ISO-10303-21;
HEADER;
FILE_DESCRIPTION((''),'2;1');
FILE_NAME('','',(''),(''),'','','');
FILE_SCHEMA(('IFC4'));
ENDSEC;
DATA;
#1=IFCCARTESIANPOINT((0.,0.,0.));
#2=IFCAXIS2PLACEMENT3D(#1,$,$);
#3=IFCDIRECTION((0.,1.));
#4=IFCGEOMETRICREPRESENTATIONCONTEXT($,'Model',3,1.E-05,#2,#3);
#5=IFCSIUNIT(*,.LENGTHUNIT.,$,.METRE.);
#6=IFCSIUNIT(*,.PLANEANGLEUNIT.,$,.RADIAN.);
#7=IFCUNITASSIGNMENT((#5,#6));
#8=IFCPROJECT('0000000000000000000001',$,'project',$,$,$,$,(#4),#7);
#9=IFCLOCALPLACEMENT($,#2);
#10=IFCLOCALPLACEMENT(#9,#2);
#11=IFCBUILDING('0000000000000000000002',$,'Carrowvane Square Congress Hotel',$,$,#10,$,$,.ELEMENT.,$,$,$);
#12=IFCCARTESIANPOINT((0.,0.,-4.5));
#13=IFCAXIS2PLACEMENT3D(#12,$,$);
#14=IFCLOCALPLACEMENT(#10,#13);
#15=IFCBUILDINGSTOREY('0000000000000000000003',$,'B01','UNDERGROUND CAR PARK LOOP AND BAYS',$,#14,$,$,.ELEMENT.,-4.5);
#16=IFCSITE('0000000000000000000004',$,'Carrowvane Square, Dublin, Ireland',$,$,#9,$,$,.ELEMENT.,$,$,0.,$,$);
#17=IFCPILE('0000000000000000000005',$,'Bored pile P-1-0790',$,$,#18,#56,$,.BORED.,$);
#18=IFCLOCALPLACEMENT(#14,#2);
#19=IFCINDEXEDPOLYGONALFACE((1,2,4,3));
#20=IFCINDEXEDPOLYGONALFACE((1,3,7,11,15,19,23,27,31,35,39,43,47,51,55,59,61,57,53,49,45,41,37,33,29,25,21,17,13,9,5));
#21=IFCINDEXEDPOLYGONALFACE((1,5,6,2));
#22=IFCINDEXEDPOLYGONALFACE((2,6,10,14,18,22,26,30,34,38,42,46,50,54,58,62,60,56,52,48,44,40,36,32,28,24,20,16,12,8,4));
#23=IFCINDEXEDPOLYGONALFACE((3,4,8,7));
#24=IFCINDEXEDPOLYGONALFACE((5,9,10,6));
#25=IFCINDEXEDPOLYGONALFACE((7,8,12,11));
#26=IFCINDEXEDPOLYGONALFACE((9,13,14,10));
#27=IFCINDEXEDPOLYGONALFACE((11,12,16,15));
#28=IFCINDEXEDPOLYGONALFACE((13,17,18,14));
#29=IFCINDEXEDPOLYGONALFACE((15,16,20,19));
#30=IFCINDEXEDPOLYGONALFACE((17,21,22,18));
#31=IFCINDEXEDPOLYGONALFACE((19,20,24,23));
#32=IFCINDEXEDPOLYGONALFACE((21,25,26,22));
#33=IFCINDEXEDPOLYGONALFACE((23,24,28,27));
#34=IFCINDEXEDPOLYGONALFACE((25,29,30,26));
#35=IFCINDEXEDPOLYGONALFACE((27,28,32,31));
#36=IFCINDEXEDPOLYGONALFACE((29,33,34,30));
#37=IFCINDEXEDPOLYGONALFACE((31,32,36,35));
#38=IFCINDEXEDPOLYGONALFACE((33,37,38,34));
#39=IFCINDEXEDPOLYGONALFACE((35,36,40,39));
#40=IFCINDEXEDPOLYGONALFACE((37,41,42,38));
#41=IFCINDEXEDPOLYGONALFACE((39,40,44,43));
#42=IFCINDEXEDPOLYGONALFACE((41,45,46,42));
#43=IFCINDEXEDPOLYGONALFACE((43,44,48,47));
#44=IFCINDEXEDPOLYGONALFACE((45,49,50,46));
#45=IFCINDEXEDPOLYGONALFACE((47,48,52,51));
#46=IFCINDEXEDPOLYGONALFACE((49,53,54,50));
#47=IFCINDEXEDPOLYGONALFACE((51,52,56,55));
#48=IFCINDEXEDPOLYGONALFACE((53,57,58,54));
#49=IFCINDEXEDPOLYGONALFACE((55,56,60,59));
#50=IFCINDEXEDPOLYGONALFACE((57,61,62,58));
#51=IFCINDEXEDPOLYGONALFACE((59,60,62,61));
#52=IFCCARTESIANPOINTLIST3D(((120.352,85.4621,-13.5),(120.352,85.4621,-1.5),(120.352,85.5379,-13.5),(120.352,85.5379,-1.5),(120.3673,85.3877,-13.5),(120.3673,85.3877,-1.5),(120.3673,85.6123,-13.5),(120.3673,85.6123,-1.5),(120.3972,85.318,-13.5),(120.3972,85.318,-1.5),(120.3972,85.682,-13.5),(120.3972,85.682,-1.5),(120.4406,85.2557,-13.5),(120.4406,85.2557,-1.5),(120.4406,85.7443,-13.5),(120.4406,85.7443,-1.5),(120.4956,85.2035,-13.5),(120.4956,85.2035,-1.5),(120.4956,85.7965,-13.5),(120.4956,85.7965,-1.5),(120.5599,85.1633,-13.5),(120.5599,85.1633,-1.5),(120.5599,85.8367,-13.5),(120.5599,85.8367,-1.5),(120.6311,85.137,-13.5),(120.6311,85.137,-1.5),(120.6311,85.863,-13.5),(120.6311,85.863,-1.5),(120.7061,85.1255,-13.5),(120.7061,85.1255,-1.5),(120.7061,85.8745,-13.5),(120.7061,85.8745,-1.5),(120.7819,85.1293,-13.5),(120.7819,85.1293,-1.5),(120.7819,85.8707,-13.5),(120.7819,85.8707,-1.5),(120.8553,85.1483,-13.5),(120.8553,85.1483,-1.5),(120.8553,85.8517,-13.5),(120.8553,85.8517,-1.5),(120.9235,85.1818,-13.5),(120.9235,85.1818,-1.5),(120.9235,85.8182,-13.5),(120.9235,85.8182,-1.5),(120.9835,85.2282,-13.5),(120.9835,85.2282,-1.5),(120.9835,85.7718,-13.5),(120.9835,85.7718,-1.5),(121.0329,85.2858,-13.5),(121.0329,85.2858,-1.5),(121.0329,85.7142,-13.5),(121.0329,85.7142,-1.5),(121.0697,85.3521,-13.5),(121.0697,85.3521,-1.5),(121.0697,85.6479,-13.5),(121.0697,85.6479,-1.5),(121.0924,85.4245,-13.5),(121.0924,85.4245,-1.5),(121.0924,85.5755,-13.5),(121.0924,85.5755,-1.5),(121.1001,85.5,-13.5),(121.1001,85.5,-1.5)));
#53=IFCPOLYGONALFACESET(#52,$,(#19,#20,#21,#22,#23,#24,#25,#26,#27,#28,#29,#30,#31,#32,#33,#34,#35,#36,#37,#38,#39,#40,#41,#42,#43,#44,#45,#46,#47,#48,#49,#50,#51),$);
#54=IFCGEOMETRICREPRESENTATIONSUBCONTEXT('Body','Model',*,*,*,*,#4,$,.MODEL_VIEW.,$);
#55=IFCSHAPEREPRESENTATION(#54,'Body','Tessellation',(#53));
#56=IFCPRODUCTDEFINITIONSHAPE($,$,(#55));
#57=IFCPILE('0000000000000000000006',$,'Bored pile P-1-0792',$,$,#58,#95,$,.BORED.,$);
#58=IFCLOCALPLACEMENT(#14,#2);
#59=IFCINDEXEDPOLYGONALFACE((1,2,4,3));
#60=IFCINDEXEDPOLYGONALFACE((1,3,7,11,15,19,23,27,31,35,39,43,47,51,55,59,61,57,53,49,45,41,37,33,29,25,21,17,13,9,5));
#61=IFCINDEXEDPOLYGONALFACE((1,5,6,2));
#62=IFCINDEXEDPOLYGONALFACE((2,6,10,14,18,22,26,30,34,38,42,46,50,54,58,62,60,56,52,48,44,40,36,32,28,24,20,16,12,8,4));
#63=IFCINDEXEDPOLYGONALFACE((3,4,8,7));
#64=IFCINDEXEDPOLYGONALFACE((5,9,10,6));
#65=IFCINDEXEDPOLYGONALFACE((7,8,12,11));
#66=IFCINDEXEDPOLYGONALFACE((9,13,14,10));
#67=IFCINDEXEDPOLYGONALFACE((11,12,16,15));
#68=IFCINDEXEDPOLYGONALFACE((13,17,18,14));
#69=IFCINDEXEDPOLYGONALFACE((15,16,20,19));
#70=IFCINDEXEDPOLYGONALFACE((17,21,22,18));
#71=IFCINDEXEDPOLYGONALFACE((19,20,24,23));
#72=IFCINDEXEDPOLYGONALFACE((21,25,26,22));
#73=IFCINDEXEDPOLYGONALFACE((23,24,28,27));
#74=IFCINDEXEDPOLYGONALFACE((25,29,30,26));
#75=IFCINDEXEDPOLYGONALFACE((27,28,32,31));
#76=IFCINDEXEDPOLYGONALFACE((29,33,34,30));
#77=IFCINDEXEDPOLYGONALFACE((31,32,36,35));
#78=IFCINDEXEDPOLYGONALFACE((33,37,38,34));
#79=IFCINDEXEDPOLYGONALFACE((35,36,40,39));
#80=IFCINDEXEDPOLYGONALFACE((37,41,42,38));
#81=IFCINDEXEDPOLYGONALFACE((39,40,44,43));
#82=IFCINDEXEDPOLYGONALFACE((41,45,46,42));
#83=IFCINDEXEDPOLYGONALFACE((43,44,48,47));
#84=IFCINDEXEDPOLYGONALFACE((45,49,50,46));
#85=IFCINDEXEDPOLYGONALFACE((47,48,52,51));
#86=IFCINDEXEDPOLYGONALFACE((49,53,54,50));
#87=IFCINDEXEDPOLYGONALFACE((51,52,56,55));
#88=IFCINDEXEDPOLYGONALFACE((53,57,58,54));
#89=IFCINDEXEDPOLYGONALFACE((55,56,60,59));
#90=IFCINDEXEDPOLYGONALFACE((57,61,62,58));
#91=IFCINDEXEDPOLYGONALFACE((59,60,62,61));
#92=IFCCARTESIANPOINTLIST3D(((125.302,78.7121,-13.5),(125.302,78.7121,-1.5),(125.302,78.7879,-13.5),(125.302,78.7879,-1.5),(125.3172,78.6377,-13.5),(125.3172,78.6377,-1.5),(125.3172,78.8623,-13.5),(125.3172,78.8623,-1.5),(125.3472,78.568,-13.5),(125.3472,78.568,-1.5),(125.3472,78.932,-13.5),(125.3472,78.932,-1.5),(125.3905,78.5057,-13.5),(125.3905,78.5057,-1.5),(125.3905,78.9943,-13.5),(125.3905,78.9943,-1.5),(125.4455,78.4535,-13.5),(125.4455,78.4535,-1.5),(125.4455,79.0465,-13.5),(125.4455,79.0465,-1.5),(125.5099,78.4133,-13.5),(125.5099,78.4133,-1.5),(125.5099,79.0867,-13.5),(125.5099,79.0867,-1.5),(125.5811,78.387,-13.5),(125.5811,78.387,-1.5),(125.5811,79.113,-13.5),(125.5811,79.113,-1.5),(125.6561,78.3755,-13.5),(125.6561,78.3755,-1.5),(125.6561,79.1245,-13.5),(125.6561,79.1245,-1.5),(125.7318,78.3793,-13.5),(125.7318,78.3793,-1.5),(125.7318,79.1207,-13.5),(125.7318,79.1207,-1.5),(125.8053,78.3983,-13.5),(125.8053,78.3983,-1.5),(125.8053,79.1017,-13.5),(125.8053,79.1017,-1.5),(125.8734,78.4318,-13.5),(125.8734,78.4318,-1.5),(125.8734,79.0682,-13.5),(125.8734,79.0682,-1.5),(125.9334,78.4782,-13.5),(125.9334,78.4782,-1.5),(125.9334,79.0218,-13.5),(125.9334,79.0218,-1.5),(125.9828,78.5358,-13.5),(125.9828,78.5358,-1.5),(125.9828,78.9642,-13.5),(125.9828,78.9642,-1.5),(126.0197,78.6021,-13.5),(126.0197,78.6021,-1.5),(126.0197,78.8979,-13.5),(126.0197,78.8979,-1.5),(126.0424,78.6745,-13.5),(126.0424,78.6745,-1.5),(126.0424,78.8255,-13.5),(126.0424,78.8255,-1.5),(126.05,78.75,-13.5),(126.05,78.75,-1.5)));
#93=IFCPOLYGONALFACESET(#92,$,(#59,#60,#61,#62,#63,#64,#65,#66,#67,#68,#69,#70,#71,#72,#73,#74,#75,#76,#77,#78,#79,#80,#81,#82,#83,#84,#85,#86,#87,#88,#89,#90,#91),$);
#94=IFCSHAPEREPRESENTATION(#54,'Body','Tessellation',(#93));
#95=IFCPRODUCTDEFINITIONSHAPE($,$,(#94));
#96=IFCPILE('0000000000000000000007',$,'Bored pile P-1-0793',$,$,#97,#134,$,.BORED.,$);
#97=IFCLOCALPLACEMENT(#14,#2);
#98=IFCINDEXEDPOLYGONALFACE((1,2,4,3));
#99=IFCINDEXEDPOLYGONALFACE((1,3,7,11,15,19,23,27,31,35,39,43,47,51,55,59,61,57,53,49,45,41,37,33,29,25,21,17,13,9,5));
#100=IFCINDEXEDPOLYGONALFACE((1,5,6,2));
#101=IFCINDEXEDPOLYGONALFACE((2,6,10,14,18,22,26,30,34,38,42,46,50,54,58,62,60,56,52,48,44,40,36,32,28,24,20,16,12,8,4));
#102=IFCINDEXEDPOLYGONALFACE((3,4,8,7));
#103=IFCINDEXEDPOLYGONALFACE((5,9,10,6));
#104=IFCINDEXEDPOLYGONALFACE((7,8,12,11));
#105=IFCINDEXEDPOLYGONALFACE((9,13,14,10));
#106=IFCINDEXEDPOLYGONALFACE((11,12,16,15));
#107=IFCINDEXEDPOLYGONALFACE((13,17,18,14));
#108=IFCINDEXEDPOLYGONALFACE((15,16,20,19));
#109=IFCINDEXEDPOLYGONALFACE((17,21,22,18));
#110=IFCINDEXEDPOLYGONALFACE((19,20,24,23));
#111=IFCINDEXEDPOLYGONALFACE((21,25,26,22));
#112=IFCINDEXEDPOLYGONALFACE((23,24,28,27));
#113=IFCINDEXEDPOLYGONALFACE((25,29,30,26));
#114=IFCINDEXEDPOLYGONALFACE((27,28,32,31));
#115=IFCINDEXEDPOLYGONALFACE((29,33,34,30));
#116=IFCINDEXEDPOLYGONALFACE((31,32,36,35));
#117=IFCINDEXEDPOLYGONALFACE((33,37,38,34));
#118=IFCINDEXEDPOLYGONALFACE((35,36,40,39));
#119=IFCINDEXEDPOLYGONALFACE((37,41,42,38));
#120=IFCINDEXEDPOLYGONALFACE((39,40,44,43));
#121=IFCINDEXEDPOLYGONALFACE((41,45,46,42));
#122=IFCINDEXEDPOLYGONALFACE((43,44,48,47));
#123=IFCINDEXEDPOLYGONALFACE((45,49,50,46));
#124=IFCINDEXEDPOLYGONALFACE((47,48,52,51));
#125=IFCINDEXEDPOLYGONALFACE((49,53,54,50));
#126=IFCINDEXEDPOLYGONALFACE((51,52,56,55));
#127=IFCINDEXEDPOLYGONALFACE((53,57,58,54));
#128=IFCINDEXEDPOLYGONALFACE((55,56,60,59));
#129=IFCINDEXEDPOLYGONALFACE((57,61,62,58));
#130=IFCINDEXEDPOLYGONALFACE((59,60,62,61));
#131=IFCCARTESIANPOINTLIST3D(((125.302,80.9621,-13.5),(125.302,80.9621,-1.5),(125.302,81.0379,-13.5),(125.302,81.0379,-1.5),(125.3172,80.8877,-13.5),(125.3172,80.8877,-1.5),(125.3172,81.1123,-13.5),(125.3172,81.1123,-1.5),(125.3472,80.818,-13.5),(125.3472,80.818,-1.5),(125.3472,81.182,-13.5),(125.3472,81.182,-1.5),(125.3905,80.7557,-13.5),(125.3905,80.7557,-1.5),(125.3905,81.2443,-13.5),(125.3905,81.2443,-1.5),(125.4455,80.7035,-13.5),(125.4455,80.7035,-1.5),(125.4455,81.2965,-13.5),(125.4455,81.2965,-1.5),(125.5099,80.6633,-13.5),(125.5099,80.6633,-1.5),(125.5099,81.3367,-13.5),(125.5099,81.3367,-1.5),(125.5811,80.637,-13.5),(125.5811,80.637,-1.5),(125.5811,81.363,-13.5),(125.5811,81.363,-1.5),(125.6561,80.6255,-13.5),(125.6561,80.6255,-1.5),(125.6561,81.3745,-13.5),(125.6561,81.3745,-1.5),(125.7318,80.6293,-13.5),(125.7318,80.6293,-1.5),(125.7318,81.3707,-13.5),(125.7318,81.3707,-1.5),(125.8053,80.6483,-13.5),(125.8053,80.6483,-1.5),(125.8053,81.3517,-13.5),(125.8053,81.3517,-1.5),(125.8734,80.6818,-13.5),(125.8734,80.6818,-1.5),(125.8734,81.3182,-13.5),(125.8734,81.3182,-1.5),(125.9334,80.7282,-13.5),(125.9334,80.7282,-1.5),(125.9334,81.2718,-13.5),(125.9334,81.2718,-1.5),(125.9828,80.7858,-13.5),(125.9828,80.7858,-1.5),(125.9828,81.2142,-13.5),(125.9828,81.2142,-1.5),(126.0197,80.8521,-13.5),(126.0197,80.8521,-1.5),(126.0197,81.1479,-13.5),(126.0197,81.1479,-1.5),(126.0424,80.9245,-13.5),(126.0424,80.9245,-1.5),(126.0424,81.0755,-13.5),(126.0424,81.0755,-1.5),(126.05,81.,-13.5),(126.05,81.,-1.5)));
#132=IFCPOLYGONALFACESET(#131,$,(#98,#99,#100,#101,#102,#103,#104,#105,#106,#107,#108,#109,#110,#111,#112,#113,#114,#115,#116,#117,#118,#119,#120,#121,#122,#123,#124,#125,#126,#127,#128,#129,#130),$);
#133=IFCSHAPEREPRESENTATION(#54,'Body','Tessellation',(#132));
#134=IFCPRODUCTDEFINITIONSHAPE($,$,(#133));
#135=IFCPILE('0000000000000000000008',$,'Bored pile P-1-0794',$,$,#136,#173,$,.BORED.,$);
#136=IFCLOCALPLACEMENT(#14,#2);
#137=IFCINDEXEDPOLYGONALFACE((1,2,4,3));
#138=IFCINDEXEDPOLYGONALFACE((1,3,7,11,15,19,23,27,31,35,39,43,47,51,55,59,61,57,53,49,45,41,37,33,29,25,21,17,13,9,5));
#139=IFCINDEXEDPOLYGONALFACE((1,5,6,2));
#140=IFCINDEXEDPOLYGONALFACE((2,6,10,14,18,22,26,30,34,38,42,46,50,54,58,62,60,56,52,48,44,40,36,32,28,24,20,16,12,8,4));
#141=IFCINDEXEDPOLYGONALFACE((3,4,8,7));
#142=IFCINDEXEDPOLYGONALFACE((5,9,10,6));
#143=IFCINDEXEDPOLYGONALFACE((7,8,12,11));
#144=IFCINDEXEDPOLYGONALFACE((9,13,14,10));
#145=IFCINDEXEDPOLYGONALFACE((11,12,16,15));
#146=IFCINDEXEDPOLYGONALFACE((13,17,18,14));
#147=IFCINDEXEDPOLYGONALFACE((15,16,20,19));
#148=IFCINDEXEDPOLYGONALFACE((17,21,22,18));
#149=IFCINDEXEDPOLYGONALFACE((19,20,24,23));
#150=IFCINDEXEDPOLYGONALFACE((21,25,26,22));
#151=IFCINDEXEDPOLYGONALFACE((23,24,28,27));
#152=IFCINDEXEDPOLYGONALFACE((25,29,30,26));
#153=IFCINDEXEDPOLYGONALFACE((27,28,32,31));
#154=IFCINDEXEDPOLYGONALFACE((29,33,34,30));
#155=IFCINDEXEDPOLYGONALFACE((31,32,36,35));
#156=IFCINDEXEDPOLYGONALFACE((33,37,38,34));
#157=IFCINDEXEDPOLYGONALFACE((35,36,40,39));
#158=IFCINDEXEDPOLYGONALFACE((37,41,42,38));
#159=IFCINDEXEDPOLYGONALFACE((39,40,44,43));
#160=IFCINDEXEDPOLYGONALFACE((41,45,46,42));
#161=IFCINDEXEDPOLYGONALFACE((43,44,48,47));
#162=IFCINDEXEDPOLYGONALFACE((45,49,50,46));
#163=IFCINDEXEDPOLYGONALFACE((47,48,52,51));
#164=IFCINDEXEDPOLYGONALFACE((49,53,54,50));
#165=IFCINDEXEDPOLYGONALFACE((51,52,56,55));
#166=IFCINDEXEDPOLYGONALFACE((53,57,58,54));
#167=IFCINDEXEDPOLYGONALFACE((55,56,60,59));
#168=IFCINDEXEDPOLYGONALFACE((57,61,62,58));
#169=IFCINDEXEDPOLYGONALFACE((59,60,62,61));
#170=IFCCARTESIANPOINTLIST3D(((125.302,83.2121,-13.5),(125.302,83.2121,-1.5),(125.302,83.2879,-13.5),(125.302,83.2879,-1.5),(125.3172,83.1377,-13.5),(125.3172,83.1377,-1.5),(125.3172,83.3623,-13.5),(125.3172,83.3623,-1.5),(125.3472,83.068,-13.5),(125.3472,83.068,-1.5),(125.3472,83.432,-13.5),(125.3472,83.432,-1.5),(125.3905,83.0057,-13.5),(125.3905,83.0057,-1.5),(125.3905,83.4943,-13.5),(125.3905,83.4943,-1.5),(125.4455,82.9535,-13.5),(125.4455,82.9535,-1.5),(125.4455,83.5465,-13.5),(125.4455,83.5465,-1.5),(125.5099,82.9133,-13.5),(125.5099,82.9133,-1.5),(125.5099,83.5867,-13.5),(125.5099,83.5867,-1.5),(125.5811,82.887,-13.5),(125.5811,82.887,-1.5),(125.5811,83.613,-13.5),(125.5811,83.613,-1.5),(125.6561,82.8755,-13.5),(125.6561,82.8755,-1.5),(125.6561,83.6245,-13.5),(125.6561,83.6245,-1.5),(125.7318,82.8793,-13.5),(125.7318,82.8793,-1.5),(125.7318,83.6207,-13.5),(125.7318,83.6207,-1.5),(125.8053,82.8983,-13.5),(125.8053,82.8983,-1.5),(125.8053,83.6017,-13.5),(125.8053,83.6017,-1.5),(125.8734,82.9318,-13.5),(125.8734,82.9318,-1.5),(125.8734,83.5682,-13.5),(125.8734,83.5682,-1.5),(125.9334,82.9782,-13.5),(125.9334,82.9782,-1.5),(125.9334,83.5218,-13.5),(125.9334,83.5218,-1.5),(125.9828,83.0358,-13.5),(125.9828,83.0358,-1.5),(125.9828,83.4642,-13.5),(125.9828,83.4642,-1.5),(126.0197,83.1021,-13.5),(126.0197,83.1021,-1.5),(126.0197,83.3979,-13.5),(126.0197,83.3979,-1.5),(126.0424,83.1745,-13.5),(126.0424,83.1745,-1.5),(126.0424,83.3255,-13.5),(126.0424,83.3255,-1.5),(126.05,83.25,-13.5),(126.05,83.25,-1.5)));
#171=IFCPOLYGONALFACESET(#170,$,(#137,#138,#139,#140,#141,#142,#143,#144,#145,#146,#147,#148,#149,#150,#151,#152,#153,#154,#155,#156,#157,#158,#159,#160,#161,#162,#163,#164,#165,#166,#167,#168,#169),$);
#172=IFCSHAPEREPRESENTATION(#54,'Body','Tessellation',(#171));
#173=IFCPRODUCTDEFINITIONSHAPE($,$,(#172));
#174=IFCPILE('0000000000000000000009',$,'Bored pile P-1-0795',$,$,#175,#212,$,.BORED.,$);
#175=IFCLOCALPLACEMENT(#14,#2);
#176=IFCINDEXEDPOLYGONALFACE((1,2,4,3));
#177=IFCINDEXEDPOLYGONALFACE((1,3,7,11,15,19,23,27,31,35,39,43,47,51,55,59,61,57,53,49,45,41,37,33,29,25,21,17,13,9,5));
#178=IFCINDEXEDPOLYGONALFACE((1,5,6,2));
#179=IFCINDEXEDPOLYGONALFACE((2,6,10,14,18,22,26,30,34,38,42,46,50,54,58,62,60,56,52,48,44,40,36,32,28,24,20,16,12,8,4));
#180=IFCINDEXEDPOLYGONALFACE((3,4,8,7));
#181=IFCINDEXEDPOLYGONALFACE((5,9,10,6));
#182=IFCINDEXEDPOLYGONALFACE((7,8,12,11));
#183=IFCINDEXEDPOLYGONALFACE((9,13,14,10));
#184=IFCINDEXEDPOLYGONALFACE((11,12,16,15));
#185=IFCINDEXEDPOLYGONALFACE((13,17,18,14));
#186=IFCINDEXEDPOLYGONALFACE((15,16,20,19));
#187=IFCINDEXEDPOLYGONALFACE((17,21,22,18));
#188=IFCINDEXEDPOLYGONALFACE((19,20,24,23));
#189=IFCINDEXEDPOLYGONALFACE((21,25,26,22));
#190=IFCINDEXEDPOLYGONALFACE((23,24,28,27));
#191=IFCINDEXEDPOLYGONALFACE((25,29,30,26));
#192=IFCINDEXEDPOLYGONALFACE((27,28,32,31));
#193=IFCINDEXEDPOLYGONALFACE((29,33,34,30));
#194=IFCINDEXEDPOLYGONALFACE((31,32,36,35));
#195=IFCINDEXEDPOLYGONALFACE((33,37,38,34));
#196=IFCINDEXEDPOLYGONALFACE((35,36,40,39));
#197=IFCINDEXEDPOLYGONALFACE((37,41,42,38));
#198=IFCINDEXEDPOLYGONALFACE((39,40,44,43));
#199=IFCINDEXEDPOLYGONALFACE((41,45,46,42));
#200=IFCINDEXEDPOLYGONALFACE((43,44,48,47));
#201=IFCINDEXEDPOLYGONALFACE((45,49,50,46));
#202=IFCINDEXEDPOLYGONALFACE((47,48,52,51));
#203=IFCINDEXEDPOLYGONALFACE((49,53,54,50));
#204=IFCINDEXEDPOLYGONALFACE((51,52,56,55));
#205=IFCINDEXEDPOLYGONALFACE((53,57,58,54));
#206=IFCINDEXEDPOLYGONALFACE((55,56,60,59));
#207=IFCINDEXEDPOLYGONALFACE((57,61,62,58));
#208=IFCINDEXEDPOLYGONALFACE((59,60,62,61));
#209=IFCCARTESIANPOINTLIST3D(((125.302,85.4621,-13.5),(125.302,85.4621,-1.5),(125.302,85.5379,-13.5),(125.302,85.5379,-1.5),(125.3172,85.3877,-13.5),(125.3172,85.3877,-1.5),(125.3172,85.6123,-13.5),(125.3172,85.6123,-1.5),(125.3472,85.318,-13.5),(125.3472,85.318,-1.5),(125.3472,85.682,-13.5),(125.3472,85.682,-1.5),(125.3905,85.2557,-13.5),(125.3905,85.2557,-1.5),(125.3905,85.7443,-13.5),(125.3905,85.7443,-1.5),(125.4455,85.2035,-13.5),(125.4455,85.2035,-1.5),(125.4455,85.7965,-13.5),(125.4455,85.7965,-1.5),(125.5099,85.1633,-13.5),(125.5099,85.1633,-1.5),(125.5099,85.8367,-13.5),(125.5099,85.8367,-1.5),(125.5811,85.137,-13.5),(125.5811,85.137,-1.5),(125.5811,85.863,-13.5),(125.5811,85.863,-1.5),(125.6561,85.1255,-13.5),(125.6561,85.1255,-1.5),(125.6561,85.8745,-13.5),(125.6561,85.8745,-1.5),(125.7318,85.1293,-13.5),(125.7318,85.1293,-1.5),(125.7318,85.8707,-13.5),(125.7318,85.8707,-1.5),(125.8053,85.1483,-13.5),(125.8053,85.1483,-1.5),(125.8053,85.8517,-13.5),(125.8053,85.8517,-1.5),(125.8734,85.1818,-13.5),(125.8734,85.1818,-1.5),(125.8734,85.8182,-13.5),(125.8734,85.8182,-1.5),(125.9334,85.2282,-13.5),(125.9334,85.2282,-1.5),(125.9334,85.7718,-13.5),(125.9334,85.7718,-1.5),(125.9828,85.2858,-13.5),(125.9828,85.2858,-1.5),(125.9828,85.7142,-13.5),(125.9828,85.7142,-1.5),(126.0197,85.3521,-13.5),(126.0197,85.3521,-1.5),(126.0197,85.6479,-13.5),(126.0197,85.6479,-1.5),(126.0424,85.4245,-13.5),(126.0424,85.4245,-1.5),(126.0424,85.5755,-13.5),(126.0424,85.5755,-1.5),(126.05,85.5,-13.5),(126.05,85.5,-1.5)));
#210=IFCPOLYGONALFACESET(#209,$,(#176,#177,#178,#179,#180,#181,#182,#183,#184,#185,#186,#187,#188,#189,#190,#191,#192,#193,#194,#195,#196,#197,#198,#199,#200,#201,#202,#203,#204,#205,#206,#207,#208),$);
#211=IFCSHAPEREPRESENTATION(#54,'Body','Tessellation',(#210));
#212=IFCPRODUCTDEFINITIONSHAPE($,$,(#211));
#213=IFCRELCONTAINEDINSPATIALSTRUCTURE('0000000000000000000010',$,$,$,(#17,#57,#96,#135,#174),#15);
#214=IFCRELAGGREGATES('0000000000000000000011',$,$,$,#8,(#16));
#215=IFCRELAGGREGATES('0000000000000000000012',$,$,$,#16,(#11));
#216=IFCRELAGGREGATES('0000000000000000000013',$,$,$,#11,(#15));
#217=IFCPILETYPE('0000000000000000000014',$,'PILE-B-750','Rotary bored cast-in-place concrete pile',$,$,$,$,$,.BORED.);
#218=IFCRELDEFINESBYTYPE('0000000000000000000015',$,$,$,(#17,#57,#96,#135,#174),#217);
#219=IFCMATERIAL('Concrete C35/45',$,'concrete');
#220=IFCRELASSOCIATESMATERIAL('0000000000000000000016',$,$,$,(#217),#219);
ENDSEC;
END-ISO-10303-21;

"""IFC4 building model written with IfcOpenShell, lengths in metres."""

from ifc_helpers import new_model, si_unit, direction, frame, origin, origin_2d, place, context, subcontext, project, spatial, circle, extrude, material, material_profile, profile_set, type_object, element, save


model = new_model("IFC4")

# Units and contexts
model_context = context("Model", 3, precision=1e-05, world=origin(), true_north=direction((0.0, 1.0)))
body_context = subcontext(model_context, "Body", "Model", "MODEL_VIEW")
ifc_project = project(units=[si_unit("LENGTHUNIT", "METRE"), si_unit("PLANEANGLEUNIT", "RADIAN")], contexts=[model_context])

# Site, building, storey
site_placement = place(None, origin())
site = spatial("IfcSite", under=ifc_project, at=site_placement, Name="Carrowvane Square, Dublin, Ireland", CompositionType="ELEMENT", RefElevation=0.0)
building_placement = place(site_placement, origin())
building = spatial("IfcBuilding", under=site, at=building_placement, Name="Carrowvane Square Congress Hotel", CompositionType="ELEMENT")
storey_placement = place(building_placement, frame((0.0, 0.0, -4.5)))
storey = spatial("IfcBuildingStorey", under=building, at=storey_placement, Name="B01", Description="UNDERGROUND CAR PARK LOOP AND BAYS", CompositionType="ELEMENT", Elevation=-4.5)

# Piles
ifc_material_1 = material(Name="Concrete C35/45", Category="concrete")
ifc_material_profile_1 = material_profile(ifc_material_1, circle(Radius=0.375, at=origin_2d()), Name="PILE D750")
ifc_profile_set_1 = profile_set([ifc_material_profile_1], Name="Concrete C35/45")
pile_type_1 = type_object("IfcPileType", Name="PILE-B-750", Description="Rotary bored cast-in-place concrete pile", PredefinedType="BORED", material=ifc_profile_set_1)
for number, where, z_axis, x_axis, name in (
    (1, (120.7251, 85.5, -1.5), (0.0, 0.0, -1.0), (1.0, 0.0, 0.0), "Bored pile P-1-0790"),
    (2, (125.675, 78.75, -1.5), (0.0, 0.0, -1.0), (1.0, 0.0, 0.0), "Bored pile P-1-0792"),
    (3, (125.675, 81.0, -1.5), (0.0, 0.0, -1.0), (1.0, 0.0, 0.0), "Bored pile P-1-0793"),
    (4, (125.675, 83.25, -1.5), (0.0, 0.0, -1.0), (1.0, 0.0, 0.0), "Bored pile P-1-0794"),
    (5, (125.675, 85.5, -1.5), (0.0, 0.0, -1.0), (1.0, 0.0, 0.0), "Bored pile P-1-0795"),
):
    element("IfcPile", number, at=place(storey_placement, frame(where, z_axis=z_axis, x_axis=x_axis)), inside=storey, type_object=pile_type_1, Name=name, PredefinedType="BORED", context=body_context, shape_type="SweptSolid", body=[
        extrude(circle(Radius=0.375, at=origin_2d()), origin(), (0.0, 0.0, 1.0), 12.0),
    ])

save(model, "model.ifc")
